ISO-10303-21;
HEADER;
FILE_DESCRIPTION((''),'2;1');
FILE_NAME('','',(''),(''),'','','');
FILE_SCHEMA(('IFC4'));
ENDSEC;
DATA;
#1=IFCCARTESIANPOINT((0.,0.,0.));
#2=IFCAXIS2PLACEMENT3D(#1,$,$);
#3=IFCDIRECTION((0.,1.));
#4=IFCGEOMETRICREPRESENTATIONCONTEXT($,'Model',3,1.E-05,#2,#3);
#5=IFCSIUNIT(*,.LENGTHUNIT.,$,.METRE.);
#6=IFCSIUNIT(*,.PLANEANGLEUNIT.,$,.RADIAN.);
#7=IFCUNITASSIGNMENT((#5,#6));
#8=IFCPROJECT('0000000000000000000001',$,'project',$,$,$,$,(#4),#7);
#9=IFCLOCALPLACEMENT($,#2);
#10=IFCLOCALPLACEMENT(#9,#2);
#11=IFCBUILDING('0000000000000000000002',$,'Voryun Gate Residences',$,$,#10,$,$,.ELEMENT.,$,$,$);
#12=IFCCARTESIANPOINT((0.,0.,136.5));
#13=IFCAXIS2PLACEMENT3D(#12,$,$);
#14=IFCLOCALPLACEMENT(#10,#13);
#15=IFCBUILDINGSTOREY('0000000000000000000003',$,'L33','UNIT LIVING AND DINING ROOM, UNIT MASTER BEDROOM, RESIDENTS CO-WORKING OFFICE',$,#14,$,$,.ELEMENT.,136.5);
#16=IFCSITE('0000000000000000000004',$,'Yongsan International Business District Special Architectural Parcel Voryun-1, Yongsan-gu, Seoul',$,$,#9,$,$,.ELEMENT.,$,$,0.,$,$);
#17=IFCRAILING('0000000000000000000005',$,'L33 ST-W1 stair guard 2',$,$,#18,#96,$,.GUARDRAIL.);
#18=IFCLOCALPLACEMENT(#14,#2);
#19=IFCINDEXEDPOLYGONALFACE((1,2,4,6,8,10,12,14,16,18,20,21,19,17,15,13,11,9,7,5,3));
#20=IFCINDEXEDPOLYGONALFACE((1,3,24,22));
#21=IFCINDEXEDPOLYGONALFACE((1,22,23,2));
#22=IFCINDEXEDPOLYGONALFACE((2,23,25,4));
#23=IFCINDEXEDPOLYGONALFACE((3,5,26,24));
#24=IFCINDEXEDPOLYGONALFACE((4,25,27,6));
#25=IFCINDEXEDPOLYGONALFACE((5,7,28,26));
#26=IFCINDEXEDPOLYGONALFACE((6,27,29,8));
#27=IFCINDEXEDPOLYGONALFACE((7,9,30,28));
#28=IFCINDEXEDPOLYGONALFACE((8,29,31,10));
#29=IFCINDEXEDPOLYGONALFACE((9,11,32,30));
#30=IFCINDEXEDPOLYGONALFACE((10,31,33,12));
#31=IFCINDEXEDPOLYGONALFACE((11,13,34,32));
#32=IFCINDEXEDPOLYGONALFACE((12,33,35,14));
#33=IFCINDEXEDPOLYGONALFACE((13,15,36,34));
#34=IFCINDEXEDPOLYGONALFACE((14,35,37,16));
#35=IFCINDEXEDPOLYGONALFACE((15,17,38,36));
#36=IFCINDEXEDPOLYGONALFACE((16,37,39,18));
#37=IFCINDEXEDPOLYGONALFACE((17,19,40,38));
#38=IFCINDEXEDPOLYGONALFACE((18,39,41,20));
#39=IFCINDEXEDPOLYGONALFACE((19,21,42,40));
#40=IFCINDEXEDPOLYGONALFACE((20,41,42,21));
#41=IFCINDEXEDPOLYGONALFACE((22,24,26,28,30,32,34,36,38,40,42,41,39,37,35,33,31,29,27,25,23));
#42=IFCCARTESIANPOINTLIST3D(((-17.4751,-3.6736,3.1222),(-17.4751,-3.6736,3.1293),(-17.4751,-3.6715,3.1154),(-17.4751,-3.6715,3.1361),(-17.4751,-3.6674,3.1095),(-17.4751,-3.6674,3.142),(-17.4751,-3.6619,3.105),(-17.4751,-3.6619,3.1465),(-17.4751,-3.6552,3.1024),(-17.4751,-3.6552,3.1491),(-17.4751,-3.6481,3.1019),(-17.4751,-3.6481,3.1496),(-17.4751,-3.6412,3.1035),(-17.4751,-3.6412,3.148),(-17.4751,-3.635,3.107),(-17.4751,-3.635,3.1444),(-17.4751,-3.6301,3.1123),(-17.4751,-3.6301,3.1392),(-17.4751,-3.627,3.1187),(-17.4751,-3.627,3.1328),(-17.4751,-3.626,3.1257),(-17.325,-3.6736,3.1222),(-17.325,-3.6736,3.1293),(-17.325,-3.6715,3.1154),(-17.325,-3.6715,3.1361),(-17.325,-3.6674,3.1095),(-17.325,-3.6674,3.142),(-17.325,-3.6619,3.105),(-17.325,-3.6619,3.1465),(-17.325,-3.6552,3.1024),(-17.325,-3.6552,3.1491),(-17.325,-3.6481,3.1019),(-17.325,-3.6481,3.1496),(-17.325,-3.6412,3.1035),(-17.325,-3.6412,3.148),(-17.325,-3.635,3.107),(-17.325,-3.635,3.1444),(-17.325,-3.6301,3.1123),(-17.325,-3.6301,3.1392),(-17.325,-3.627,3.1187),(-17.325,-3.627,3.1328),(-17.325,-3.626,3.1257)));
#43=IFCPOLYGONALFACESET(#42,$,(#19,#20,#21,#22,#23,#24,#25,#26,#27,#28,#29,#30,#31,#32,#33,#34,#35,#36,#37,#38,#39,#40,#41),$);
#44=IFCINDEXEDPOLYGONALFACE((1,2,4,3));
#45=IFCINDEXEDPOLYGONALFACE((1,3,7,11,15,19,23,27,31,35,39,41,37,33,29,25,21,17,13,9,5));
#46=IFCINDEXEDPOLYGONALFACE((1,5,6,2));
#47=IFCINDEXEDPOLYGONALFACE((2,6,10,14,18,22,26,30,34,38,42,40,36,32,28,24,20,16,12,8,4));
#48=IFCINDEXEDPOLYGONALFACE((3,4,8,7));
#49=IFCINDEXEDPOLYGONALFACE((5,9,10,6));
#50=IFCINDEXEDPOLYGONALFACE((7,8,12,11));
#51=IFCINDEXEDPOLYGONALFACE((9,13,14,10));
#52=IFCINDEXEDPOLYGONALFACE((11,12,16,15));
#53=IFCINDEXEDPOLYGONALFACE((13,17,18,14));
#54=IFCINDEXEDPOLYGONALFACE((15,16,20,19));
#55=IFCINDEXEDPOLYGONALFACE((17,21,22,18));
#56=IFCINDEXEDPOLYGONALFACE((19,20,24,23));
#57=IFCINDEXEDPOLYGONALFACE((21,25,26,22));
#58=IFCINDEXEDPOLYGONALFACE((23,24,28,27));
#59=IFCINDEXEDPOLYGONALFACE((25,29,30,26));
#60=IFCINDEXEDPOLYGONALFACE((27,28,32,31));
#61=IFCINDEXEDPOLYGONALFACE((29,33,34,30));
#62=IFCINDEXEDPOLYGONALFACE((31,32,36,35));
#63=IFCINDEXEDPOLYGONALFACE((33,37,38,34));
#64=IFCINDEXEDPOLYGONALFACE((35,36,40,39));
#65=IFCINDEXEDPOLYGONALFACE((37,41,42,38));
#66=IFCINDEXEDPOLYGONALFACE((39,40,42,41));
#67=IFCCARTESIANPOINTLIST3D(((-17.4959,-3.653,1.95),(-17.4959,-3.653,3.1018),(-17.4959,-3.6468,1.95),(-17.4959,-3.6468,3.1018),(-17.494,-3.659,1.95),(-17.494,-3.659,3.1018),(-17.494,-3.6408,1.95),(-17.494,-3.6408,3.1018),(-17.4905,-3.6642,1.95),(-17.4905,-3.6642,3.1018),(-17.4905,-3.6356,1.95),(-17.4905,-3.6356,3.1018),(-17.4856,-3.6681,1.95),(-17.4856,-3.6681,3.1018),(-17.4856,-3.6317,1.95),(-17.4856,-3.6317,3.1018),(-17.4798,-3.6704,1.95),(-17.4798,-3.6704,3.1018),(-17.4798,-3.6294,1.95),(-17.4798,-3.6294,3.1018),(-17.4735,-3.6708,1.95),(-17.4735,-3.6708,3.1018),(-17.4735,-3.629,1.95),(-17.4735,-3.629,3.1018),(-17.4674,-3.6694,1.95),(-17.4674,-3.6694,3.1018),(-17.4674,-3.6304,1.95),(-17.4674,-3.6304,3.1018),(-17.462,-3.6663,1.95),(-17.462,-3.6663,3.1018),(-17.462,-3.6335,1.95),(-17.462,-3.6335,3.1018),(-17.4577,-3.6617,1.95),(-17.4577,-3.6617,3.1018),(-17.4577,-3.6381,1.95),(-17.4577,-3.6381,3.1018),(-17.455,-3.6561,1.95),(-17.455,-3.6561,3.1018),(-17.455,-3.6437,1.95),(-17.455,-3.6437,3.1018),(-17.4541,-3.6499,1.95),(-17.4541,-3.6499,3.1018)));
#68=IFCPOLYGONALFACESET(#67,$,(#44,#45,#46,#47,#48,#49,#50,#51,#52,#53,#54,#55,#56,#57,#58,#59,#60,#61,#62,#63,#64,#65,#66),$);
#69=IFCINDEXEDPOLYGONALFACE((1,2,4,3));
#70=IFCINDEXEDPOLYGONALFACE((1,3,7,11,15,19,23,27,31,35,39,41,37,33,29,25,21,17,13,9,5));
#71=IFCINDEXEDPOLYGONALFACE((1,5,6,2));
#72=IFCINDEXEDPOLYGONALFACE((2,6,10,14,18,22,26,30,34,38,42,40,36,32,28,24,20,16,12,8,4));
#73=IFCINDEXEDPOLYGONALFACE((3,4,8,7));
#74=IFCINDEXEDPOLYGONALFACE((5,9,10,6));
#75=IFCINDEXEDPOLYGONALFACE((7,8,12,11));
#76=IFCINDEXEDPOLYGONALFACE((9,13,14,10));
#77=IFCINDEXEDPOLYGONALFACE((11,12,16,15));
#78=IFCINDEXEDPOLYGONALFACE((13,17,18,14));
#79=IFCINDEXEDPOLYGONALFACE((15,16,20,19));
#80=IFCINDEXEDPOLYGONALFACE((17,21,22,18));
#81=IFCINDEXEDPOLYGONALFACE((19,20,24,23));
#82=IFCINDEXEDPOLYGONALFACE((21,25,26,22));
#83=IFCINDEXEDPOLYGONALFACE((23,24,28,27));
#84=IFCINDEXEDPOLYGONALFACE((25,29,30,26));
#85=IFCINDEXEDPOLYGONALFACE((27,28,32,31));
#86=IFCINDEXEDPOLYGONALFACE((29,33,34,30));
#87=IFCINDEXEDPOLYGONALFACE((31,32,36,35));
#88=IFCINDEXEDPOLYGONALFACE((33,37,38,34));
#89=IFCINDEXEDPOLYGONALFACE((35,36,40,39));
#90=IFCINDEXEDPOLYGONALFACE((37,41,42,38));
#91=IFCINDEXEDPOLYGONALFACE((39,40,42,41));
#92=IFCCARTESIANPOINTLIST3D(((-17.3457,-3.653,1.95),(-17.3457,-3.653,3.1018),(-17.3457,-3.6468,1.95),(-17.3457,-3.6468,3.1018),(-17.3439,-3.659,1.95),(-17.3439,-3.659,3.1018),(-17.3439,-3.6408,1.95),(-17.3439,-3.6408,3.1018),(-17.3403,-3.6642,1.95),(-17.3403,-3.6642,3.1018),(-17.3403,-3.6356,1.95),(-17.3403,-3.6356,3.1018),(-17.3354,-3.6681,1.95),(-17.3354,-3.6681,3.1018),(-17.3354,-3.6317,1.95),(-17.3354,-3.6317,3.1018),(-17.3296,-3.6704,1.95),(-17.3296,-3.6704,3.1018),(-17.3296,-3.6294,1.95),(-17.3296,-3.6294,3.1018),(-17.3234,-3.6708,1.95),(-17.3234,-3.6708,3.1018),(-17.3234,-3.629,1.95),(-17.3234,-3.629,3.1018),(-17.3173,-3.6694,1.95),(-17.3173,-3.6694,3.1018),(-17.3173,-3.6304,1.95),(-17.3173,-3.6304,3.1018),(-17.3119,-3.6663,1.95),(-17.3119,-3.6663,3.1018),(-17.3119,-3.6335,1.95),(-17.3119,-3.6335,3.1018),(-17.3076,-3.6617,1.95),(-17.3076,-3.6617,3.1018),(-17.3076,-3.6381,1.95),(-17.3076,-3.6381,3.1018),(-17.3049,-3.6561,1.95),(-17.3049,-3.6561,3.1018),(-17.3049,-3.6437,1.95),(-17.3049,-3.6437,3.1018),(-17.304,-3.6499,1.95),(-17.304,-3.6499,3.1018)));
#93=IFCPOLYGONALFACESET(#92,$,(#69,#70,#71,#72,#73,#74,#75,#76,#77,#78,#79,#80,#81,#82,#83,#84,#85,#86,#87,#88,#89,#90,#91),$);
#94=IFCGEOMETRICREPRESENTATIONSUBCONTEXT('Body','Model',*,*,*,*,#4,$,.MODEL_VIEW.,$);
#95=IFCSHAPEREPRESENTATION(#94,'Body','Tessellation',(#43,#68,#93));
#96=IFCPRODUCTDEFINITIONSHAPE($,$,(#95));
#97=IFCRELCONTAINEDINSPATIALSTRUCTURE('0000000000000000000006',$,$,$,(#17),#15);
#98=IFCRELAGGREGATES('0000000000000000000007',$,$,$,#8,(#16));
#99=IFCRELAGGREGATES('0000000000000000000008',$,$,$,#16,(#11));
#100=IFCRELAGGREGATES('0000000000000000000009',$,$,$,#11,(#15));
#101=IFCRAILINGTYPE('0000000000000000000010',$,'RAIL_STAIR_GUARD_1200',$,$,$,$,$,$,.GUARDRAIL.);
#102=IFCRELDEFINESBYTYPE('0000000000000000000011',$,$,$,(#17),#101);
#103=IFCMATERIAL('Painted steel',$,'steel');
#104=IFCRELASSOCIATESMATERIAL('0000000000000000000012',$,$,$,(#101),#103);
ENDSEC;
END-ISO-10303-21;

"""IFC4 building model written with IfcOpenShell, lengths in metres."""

from ifc_helpers import new_model, si_unit, direction, frame, origin, origin_2d, place, context, subcontext, project, spatial, circle, extrude, material, type_object, element, save


model = new_model("IFC4")

# Units and contexts
model_context = context("Model", 3, precision=1e-05, world=origin(), true_north=direction((0.0, 1.0)))
body_context = subcontext(model_context, "Body", "Model", "MODEL_VIEW")
ifc_project = project(units=[si_unit("LENGTHUNIT", "METRE"), si_unit("PLANEANGLEUNIT", "RADIAN")], contexts=[model_context])

# Site, building, storey
site_placement = place(None, origin())
site = spatial("IfcSite", under=ifc_project, at=site_placement, Name="Yongsan International Business District Special Architectural Parcel Voryun-1, Yongsan-gu, Seoul", CompositionType="ELEMENT", RefElevation=0.0)
building_placement = place(site_placement, origin())
building = spatial("IfcBuilding", under=site, at=building_placement, Name="Voryun Gate Residences", CompositionType="ELEMENT")
storey_placement = place(building_placement, frame((0.0, 0.0, 136.5)))
storey = spatial("IfcBuildingStorey", under=building, at=storey_placement, Name="L33", Description="UNIT LIVING AND DINING ROOM, UNIT MASTER BEDROOM, RESIDENTS CO-WORKING OFFICE", CompositionType="ELEMENT", Elevation=136.5)

# Railing
ifc_material_1 = material(Name="Painted steel", Category="steel")
railing_type_1 = type_object("IfcRailingType", Name="RAIL_STAIR_GUARD_1200", PredefinedType="GUARDRAIL", material=ifc_material_1)
railing_1_placement = place(storey_placement, frame((-17.4751, -3.6499, 1.95)))
element("IfcRailing", 1, at=railing_1_placement, inside=storey, type_object=railing_type_1, Name="L33 ST-W1 stair guard 2", PredefinedType="GUARDRAIL", context=body_context, shape_type="SweptSolid", body=[
    extrude(circle(Radius=0.0239, at=origin_2d()), frame((0.0, 0.0, 1.1758), z_axis=(1.0, 0.0, 0.0), x_axis=(0.0, 1.0, 0.0)), (0.0, 0.0, 1.0), 0.1501),
    extrude(circle(Radius=0.021, at=origin_2d()), origin(), (0.0, 0.0, 1.0), 1.1519),
    extrude(circle(Radius=0.021, at=origin_2d()), frame((0.1501, 0.0, 0.0)), (0.0, 0.0, 1.0), 1.1519),
])

save(model, "model.ifc")
